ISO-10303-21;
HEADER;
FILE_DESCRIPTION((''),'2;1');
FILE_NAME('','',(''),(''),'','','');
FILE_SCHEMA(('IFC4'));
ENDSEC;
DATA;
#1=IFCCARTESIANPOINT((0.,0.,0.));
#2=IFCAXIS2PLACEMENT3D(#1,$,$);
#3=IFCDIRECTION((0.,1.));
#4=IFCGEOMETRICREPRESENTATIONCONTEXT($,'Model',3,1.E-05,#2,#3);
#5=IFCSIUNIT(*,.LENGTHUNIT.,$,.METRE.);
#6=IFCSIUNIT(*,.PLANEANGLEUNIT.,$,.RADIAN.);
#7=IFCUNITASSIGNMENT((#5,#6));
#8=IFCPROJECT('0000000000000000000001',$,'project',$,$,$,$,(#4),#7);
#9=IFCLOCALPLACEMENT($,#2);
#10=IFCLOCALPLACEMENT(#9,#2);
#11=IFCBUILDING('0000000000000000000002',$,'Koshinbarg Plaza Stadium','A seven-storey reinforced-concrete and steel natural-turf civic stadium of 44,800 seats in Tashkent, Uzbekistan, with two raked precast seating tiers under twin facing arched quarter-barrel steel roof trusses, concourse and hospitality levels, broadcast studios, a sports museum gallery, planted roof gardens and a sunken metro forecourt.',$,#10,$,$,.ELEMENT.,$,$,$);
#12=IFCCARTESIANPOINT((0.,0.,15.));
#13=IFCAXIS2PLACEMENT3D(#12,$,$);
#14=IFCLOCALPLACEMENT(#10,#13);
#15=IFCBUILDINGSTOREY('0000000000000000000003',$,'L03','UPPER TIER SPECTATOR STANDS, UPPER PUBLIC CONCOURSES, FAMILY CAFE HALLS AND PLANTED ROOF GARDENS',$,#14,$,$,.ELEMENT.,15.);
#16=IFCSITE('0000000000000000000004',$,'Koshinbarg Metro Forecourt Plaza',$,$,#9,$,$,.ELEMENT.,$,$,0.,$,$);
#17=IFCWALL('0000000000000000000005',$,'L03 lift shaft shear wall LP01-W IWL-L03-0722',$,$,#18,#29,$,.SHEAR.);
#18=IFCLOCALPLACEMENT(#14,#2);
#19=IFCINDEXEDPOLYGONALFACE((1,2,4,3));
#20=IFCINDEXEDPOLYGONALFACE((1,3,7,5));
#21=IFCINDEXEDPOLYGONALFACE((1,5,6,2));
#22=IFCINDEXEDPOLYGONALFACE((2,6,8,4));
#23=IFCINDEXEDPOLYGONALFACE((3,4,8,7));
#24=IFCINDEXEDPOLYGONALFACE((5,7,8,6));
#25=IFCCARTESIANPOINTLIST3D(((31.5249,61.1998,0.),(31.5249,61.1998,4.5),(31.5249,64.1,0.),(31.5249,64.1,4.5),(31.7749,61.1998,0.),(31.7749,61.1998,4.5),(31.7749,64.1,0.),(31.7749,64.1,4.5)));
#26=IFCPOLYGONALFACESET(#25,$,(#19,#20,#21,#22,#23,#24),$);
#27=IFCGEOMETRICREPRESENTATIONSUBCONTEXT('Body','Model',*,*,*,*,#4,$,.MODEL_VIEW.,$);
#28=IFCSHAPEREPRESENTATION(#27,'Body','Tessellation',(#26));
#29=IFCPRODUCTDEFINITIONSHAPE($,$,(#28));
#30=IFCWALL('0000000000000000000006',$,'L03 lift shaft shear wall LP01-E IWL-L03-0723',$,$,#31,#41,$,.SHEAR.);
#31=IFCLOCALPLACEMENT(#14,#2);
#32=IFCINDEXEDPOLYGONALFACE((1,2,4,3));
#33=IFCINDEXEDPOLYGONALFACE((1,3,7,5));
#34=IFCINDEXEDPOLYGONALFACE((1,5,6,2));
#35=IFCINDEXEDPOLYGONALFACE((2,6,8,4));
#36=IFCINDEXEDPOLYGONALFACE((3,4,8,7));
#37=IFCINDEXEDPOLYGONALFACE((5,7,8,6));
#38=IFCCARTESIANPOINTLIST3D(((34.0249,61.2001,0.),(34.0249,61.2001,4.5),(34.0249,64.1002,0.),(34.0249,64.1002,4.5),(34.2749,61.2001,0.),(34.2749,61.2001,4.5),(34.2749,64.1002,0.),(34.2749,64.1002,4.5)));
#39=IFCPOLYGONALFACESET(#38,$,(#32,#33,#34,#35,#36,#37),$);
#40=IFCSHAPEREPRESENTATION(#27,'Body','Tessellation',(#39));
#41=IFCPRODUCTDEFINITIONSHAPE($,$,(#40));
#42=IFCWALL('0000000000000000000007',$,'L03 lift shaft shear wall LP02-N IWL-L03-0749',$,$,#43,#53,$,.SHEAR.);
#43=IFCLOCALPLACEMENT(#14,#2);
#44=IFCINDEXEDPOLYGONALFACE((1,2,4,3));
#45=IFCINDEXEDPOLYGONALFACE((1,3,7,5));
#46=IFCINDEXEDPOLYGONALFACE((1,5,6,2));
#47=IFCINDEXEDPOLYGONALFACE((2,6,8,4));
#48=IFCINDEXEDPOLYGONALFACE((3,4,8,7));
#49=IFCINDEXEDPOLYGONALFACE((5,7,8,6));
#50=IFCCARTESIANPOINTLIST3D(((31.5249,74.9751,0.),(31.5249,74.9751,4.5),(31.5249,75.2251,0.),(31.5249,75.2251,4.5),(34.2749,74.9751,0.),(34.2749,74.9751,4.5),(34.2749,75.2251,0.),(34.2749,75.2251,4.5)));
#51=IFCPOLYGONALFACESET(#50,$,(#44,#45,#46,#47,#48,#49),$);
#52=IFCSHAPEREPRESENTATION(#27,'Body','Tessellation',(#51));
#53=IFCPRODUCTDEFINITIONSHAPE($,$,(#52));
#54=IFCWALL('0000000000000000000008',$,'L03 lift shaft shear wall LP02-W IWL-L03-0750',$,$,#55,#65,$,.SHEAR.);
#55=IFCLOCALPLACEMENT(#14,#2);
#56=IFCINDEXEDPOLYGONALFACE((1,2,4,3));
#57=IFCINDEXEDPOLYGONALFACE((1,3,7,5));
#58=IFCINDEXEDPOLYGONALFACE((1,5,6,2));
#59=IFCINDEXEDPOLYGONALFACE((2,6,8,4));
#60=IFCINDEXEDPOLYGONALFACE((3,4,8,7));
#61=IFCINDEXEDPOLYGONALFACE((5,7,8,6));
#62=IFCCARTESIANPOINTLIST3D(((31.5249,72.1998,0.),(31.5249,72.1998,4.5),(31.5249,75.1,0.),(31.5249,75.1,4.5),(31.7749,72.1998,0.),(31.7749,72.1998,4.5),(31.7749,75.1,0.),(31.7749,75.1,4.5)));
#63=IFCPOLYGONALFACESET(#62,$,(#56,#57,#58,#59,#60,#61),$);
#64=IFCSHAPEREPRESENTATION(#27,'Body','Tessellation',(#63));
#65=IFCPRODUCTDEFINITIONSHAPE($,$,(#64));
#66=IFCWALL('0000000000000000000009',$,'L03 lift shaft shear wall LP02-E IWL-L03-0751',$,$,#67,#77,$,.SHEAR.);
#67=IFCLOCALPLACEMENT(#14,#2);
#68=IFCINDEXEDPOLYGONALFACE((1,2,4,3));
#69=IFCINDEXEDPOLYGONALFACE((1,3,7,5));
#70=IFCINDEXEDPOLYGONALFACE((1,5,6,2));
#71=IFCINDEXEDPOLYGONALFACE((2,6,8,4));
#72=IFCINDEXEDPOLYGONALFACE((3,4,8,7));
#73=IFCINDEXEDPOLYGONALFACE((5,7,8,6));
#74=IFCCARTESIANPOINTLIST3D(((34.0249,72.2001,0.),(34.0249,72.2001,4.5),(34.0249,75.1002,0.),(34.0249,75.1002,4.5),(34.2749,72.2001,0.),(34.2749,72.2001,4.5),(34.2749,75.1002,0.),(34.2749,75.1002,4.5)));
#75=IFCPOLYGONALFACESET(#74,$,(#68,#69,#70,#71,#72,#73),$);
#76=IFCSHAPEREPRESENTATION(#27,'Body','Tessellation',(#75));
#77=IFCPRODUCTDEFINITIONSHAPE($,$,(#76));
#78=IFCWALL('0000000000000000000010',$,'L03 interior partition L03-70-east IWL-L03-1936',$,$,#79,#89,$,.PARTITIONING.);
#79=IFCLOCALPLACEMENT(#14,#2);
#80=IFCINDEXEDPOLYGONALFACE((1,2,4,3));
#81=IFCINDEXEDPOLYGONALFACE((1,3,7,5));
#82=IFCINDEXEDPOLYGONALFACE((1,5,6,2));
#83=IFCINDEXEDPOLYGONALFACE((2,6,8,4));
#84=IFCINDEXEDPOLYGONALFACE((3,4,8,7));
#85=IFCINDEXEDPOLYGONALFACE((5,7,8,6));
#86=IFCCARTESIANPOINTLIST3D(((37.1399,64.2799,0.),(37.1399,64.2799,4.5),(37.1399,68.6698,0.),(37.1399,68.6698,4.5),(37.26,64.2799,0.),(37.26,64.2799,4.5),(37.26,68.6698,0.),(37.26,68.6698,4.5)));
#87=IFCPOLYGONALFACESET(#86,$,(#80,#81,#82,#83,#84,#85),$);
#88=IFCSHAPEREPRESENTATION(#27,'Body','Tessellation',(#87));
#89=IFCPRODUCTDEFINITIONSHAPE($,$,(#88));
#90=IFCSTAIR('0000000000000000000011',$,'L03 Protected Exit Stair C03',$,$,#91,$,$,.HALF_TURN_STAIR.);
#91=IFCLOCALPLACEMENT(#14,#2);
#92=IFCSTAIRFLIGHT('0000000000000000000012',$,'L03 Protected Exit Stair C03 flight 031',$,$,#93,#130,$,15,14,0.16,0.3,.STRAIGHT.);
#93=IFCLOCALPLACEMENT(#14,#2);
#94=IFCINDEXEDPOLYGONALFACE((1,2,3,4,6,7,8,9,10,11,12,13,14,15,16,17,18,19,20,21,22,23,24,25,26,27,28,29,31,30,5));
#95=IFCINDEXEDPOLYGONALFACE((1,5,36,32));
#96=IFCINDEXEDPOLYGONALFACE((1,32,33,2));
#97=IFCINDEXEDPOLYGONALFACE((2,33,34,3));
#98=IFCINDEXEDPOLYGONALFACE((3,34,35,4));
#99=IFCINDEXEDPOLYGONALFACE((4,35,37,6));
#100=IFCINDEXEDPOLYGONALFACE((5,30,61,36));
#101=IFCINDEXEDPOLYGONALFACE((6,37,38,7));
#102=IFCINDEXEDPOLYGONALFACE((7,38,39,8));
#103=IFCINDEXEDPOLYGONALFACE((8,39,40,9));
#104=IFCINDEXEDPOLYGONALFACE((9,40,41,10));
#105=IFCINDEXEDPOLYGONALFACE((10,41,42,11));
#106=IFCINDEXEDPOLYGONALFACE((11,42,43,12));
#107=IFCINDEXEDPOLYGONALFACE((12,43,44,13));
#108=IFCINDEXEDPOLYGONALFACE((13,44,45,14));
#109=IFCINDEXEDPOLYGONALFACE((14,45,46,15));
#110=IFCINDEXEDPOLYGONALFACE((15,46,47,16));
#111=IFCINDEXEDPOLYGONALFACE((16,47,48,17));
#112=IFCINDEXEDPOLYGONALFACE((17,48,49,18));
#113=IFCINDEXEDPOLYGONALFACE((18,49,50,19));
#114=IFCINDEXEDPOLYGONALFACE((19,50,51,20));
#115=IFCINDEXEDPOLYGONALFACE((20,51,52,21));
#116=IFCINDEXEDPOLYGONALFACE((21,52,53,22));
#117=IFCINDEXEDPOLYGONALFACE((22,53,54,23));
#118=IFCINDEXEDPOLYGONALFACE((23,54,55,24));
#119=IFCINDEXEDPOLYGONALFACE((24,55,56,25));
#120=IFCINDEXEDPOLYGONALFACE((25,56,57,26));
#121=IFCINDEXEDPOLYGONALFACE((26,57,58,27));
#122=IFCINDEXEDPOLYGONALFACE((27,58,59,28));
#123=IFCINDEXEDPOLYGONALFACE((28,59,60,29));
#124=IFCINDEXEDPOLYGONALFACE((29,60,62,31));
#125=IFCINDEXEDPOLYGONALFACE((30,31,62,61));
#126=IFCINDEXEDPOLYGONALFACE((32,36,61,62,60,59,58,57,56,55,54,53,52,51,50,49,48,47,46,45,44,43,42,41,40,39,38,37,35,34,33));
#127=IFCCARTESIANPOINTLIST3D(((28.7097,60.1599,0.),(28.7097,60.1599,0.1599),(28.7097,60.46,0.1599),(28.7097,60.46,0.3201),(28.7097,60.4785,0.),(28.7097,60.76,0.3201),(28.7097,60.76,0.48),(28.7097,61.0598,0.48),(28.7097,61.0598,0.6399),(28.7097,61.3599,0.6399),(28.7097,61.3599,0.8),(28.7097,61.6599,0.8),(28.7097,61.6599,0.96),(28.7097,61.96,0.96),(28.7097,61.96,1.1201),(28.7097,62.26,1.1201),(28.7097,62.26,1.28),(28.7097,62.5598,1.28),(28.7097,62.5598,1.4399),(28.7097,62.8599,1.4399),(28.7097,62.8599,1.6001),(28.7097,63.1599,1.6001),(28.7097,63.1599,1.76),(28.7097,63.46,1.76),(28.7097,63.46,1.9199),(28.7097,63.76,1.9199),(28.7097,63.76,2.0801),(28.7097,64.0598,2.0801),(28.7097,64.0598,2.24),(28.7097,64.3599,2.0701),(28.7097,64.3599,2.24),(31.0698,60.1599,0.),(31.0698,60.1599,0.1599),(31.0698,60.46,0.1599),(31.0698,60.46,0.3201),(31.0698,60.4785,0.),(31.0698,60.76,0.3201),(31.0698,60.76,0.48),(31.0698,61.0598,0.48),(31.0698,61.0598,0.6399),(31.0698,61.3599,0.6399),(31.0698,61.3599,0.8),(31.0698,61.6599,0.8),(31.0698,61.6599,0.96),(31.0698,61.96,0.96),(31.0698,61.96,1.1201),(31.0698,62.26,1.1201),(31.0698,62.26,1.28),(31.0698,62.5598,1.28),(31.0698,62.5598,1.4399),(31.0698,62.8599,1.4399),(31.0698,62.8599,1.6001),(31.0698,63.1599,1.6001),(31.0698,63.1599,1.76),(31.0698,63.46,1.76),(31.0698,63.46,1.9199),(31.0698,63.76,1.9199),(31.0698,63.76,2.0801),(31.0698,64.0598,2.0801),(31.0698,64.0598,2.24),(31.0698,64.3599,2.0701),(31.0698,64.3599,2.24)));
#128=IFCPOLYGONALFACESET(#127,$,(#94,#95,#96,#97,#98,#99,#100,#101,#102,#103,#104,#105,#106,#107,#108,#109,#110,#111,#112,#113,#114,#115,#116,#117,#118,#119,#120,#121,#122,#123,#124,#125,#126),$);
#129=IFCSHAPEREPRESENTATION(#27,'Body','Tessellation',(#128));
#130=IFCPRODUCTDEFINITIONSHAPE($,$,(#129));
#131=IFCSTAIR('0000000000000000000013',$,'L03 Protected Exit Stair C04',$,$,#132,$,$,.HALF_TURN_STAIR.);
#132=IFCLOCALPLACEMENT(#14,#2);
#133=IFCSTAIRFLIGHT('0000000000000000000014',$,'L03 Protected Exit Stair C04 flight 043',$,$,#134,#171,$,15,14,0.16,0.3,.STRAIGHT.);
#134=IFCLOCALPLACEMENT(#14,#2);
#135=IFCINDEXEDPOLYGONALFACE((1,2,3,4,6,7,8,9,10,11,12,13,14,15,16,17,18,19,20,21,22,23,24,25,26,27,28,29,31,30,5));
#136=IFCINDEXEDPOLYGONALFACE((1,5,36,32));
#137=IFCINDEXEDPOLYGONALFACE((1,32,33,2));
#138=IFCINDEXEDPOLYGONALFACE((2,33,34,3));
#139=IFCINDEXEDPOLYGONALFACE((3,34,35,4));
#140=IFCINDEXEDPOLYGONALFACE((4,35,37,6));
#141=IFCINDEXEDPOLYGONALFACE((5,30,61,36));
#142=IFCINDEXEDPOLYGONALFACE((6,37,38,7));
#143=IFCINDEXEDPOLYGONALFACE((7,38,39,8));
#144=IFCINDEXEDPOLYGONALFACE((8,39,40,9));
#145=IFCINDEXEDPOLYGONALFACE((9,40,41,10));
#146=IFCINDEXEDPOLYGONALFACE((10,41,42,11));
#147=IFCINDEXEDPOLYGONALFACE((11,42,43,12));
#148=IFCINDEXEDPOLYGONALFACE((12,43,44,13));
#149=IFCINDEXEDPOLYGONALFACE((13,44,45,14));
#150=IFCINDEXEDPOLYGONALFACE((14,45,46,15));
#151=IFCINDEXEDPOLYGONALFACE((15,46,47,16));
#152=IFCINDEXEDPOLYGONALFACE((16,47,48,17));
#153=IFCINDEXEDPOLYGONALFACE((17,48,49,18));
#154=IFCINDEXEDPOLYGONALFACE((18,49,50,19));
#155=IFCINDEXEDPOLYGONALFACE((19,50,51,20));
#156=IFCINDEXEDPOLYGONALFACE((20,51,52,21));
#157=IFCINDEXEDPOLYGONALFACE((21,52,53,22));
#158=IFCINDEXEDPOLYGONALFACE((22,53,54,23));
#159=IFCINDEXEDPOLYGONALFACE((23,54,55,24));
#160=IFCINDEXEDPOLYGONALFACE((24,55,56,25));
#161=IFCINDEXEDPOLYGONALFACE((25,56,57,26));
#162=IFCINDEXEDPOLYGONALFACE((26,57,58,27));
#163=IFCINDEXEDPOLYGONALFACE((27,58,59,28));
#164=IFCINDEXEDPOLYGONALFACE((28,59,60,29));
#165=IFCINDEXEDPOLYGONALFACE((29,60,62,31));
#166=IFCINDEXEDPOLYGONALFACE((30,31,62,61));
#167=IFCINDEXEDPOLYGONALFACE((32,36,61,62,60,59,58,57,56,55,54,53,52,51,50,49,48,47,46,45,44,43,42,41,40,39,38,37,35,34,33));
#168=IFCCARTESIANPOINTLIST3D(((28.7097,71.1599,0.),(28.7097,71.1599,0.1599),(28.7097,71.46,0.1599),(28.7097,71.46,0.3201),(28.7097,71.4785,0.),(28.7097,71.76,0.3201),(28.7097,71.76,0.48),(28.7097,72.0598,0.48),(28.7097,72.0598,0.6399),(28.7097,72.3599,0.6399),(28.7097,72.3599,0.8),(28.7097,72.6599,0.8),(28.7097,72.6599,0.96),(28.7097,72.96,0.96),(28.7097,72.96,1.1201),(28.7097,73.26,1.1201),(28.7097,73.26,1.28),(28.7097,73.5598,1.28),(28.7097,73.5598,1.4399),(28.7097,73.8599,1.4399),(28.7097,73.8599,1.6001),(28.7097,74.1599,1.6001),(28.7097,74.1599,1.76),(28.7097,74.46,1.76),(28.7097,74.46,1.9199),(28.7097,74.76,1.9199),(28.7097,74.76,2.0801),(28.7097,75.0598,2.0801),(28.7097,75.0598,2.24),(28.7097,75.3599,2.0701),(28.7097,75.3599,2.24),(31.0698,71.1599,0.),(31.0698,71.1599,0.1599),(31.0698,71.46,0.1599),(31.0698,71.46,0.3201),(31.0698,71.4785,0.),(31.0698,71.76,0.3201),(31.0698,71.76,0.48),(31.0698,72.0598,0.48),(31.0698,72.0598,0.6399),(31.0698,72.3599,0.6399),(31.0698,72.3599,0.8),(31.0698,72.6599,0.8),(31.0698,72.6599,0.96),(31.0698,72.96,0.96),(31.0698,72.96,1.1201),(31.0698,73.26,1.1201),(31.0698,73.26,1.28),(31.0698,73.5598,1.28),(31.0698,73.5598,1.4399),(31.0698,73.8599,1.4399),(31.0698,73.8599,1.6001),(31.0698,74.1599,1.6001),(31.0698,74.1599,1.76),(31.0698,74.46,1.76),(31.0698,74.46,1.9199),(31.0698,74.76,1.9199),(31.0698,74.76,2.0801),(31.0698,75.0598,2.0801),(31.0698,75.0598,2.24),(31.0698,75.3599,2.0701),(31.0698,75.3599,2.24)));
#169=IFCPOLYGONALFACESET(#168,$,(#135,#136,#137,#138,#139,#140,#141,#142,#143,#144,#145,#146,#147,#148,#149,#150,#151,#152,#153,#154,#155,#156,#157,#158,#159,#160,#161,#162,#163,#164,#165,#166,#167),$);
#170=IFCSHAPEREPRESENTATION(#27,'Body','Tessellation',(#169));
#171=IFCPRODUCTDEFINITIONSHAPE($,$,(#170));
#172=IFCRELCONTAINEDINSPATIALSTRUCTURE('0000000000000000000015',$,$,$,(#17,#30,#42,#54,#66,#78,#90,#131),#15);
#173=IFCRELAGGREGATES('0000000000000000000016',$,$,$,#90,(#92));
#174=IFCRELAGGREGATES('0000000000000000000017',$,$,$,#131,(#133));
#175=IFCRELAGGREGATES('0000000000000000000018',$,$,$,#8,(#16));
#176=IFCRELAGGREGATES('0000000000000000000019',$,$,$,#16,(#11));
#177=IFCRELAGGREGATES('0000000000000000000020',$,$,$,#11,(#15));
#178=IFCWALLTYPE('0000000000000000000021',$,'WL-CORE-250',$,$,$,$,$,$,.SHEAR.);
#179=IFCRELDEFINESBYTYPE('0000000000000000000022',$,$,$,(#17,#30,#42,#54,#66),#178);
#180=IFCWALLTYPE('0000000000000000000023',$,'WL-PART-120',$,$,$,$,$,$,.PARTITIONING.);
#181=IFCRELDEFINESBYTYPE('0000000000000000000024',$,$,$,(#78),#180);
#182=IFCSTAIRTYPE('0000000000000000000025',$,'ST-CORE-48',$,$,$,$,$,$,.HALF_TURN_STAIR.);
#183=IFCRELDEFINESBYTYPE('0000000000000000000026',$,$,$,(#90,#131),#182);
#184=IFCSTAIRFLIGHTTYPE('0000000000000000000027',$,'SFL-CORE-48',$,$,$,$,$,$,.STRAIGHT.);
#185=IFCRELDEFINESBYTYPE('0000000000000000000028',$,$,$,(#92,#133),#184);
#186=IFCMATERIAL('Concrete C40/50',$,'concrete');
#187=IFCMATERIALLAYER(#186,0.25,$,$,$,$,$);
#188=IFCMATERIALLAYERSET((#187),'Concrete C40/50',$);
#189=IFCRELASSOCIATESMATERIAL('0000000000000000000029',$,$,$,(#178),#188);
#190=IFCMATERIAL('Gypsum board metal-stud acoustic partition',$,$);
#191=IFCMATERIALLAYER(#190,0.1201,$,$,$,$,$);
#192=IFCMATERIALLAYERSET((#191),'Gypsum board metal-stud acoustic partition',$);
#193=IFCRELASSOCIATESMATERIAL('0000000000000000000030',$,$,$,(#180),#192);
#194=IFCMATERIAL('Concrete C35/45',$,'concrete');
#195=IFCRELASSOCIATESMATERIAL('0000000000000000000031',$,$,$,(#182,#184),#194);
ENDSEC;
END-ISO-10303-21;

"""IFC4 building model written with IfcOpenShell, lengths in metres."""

from ifc_helpers import new_model, si_unit, direction, frame, frame_2d, origin, place, context, subcontext, project, spatial, polyline, rectangle, outline, extrude, material, layer, layer_set, type_object, element, aggregate, save


model = new_model("IFC4")

# Units and contexts
model_context = context("Model", 3, precision=1e-05, world=origin(), true_north=direction((0.0, 1.0)))
body_context = subcontext(model_context, "Body", "Model", "MODEL_VIEW")
ifc_project = project(units=[si_unit("LENGTHUNIT", "METRE"), si_unit("PLANEANGLEUNIT", "RADIAN")], contexts=[model_context])

# Site, building, storey
site_placement = place(None, origin())
site = spatial("IfcSite", under=ifc_project, at=site_placement, Name="Koshinbarg Metro Forecourt Plaza", CompositionType="ELEMENT", RefElevation=0.0)
building_placement = place(site_placement, origin())
building = spatial("IfcBuilding", under=site, at=building_placement, Name="Koshinbarg Plaza Stadium", Description="A seven-storey reinforced-concrete and steel natural-turf civic stadium of 44,800 seats in Tashkent, Uzbekistan, with two raked precast seating tiers under twin facing arched quarter-barrel steel roof trusses, concourse and hospitality levels, broadcast studios, a sports museum gallery, planted roof gardens and a sunken metro forecourt.", CompositionType="ELEMENT")
storey_placement = place(building_placement, frame((0.0, 0.0, 15.0)))
storey = spatial("IfcBuildingStorey", under=building, at=storey_placement, Name="L03", Description="UPPER TIER SPECTATOR STANDS, UPPER PUBLIC CONCOURSES, FAMILY CAFE HALLS AND PLANTED ROOF GARDENS", CompositionType="ELEMENT", Elevation=15.0)

# Shared definitions
ifc_material_1 = material(Name="Concrete C40/50", Category="concrete")
ifc_layer_1 = layer(ifc_material_1, 0.25)
ifc_layer_set_1 = layer_set([ifc_layer_1], Name="Concrete C40/50")
wall_type_1 = type_object("IfcWallType", Name="WL-CORE-250", PredefinedType="SHEAR", material=ifc_layer_set_1)

# Walls
for number, where, z_axis, x_axis, name in (
    (1, (31.6499, 64.1001, 0.0), (0.0, 0.0, 1.0), (0.0, -1.0, 0.0), "L03 lift shaft shear wall LP01-W IWL-L03-0722"),
    (2, (34.1499, 61.2, 0.0), (0.0, 0.0, 1.0), (0.0, 1.0, 0.0), "L03 lift shaft shear wall LP01-E IWL-L03-0723"),
):
    element("IfcWall", number, at=place(storey_placement, frame(where, z_axis=z_axis, x_axis=x_axis)), inside=storey, type_object=wall_type_1, Name=name, PredefinedType="SHEAR", context=body_context, shape_type="SweptSolid", body=[
        extrude(rectangle(XDim=2.9001, YDim=0.25, at=frame_2d((1.4502, 0.0))), origin(), (0.0, 0.0, 1.0), 4.5),
    ])

# Walls
wall_1_placement = place(storey_placement, frame((34.2749, 75.1001, 0.0), z_axis=(0.0, 0.0, 1.0), x_axis=(-1.0, 0.0, 0.0)))
element("IfcWall", 3, at=wall_1_placement, inside=storey, type_object=wall_type_1, Name="L03 lift shaft shear wall LP02-N IWL-L03-0749", PredefinedType="SHEAR", context=body_context, shape_type="SweptSolid", body=[
    extrude(rectangle(XDim=2.75, YDim=0.25, at=frame_2d((1.375, 0.0))), origin(), (0.0, 0.0, 1.0), 4.5),
])
for number, where, z_axis, x_axis, name in (
    (4, (31.6499, 75.1001, 0.0), (0.0, 0.0, 1.0), (0.0, -1.0, 0.0), "L03 lift shaft shear wall LP02-W IWL-L03-0750"),
    (5, (34.1499, 72.2, 0.0), (0.0, 0.0, 1.0), (0.0, 1.0, 0.0), "L03 lift shaft shear wall LP02-E IWL-L03-0751"),
):
    element("IfcWall", number, at=place(storey_placement, frame(where, z_axis=z_axis, x_axis=x_axis)), inside=storey, type_object=wall_type_1, Name=name, PredefinedType="SHEAR", context=body_context, shape_type="SweptSolid", body=[
        extrude(rectangle(XDim=2.9001, YDim=0.25, at=frame_2d((1.4502, 0.0))), origin(), (0.0, 0.0, 1.0), 4.5),
    ])
ifc_material_2 = material(Name="Gypsum board metal-stud acoustic partition")
ifc_layer_2 = layer(ifc_material_2, 0.1201)
ifc_layer_set_2 = layer_set([ifc_layer_2], Name="Gypsum board metal-stud acoustic partition")
wall_type_2 = type_object("IfcWallType", Name="WL-PART-120", PredefinedType="PARTITIONING", material=ifc_layer_set_2)
wall_2_placement = place(storey_placement, frame((37.2, 64.28, 0.0), z_axis=(0.0, 0.0, 1.0), x_axis=(0.0, 1.0, 0.0)))
element("IfcWall", 6, at=wall_2_placement, inside=storey, type_object=wall_type_2, Name="L03 interior partition L03-70-east IWL-L03-1936", PredefinedType="PARTITIONING", context=body_context, shape_type="SweptSolid", body=[
    extrude(rectangle(XDim=4.3899, YDim=0.1201, at=frame_2d((2.1948, 0.0))), origin(), (0.0, 0.0, 1.0), 4.5),
])

# Stairs, stair flights
ifc_material_3 = material(Name="Concrete C35/45", Category="concrete")
stair_type = type_object("IfcStairType", Name="ST-CORE-48", PredefinedType="HALF_TURN_STAIR", material=ifc_material_3)
stair_1_placement = place(storey_placement, origin())
stair_1 = element("IfcStair", 7, at=stair_1_placement, inside=storey, type_object=stair_type, Name="L03 Protected Exit Stair C03", PredefinedType="HALF_TURN_STAIR")
stair_flight_type = type_object("IfcStairFlightType", Name="SFL-CORE-48", PredefinedType="STRAIGHT", material=ifc_material_3)
stair_flight_1_placement = place(storey_placement, frame((29.8899, 60.1599, 0.0), z_axis=(0.0, 0.0, 1.0), x_axis=(0.0, 1.0, 0.0)))
stair_flight_1 = element("IfcStairFlight", 8, at=stair_flight_1_placement, type_object=stair_flight_type, Name="L03 Protected Exit Stair C03 flight 031", NumberOfRisers=15, NumberOfTreads=14, PredefinedType="STRAIGHT", RiserHeight=0.16, TreadLength=0.3, context=body_context, shape_type="SweptSolid", body=[
    extrude(outline(polyline([(0.0, 0.0), (0.0, 0.1599), (0.3, 0.1599), (0.3, 0.3201), (0.6001, 0.3201), (0.6001, 0.48), (0.8999, 0.48), (0.8999, 0.6399), (1.2, 0.6399), (1.2, 0.8), (1.5, 0.8), (1.5, 0.96), (1.8, 0.96), (1.8, 1.1201), (2.1001, 1.1201), (2.1001, 1.28), (2.3999, 1.28), (2.3999, 1.4399), (2.7, 1.4399), (2.7, 1.6001), (3.0, 1.6001), (3.0, 1.76), (3.3, 1.76), (3.3, 1.9199), (3.6001, 1.9199), (3.6001, 2.0801), (3.8999, 2.0801), (3.8999, 2.24), (4.2, 2.24), (4.2, 2.3999), (4.2, 2.0701), (0.3186, 0.0), (0.0, 0.0)])), frame((0.0, 1.1802, 0.0), z_axis=(0.0, -1.0, 0.0), x_axis=(1.0, 0.0, 0.0)), (0.0, 0.0, 1.0), 2.3601),
])
aggregate(stair_1, [stair_flight_1])
stair_2_placement = place(storey_placement, origin())
stair_2 = element("IfcStair", 9, at=stair_2_placement, inside=storey, type_object=stair_type, Name="L03 Protected Exit Stair C04", PredefinedType="HALF_TURN_STAIR")
stair_flight_2_placement = place(storey_placement, frame((29.8899, 71.1599, 0.0), z_axis=(0.0, 0.0, 1.0), x_axis=(0.0, 1.0, 0.0)))
stair_flight_2 = element("IfcStairFlight", 10, at=stair_flight_2_placement, type_object=stair_flight_type, Name="L03 Protected Exit Stair C04 flight 043", NumberOfRisers=15, NumberOfTreads=14, PredefinedType="STRAIGHT", RiserHeight=0.16, TreadLength=0.3, context=body_context, shape_type="SweptSolid", body=[
    extrude(outline(polyline([(0.0, 0.0), (0.0, 0.1599), (0.3, 0.1599), (0.3, 0.3201), (0.6001, 0.3201), (0.6001, 0.48), (0.8999, 0.48), (0.8999, 0.6399), (1.2, 0.6399), (1.2, 0.8), (1.5, 0.8), (1.5, 0.96), (1.8, 0.96), (1.8, 1.1201), (2.1001, 1.1201), (2.1001, 1.28), (2.3999, 1.28), (2.3999, 1.4399), (2.7, 1.4399), (2.7, 1.6001), (3.0, 1.6001), (3.0, 1.76), (3.3, 1.76), (3.3, 1.9199), (3.6001, 1.9199), (3.6001, 2.0801), (3.8999, 2.0801), (3.8999, 2.24), (4.2, 2.24), (4.2, 2.3999), (4.2, 2.0701), (0.3186, 0.0), (0.0, 0.0)])), frame((0.0, 1.1802, 0.0), z_axis=(0.0, -1.0, 0.0), x_axis=(1.0, 0.0, 0.0)), (0.0, 0.0, 1.0), 2.3601),
])
aggregate(stair_2, [stair_flight_2])

save(model, "model.ifc")
